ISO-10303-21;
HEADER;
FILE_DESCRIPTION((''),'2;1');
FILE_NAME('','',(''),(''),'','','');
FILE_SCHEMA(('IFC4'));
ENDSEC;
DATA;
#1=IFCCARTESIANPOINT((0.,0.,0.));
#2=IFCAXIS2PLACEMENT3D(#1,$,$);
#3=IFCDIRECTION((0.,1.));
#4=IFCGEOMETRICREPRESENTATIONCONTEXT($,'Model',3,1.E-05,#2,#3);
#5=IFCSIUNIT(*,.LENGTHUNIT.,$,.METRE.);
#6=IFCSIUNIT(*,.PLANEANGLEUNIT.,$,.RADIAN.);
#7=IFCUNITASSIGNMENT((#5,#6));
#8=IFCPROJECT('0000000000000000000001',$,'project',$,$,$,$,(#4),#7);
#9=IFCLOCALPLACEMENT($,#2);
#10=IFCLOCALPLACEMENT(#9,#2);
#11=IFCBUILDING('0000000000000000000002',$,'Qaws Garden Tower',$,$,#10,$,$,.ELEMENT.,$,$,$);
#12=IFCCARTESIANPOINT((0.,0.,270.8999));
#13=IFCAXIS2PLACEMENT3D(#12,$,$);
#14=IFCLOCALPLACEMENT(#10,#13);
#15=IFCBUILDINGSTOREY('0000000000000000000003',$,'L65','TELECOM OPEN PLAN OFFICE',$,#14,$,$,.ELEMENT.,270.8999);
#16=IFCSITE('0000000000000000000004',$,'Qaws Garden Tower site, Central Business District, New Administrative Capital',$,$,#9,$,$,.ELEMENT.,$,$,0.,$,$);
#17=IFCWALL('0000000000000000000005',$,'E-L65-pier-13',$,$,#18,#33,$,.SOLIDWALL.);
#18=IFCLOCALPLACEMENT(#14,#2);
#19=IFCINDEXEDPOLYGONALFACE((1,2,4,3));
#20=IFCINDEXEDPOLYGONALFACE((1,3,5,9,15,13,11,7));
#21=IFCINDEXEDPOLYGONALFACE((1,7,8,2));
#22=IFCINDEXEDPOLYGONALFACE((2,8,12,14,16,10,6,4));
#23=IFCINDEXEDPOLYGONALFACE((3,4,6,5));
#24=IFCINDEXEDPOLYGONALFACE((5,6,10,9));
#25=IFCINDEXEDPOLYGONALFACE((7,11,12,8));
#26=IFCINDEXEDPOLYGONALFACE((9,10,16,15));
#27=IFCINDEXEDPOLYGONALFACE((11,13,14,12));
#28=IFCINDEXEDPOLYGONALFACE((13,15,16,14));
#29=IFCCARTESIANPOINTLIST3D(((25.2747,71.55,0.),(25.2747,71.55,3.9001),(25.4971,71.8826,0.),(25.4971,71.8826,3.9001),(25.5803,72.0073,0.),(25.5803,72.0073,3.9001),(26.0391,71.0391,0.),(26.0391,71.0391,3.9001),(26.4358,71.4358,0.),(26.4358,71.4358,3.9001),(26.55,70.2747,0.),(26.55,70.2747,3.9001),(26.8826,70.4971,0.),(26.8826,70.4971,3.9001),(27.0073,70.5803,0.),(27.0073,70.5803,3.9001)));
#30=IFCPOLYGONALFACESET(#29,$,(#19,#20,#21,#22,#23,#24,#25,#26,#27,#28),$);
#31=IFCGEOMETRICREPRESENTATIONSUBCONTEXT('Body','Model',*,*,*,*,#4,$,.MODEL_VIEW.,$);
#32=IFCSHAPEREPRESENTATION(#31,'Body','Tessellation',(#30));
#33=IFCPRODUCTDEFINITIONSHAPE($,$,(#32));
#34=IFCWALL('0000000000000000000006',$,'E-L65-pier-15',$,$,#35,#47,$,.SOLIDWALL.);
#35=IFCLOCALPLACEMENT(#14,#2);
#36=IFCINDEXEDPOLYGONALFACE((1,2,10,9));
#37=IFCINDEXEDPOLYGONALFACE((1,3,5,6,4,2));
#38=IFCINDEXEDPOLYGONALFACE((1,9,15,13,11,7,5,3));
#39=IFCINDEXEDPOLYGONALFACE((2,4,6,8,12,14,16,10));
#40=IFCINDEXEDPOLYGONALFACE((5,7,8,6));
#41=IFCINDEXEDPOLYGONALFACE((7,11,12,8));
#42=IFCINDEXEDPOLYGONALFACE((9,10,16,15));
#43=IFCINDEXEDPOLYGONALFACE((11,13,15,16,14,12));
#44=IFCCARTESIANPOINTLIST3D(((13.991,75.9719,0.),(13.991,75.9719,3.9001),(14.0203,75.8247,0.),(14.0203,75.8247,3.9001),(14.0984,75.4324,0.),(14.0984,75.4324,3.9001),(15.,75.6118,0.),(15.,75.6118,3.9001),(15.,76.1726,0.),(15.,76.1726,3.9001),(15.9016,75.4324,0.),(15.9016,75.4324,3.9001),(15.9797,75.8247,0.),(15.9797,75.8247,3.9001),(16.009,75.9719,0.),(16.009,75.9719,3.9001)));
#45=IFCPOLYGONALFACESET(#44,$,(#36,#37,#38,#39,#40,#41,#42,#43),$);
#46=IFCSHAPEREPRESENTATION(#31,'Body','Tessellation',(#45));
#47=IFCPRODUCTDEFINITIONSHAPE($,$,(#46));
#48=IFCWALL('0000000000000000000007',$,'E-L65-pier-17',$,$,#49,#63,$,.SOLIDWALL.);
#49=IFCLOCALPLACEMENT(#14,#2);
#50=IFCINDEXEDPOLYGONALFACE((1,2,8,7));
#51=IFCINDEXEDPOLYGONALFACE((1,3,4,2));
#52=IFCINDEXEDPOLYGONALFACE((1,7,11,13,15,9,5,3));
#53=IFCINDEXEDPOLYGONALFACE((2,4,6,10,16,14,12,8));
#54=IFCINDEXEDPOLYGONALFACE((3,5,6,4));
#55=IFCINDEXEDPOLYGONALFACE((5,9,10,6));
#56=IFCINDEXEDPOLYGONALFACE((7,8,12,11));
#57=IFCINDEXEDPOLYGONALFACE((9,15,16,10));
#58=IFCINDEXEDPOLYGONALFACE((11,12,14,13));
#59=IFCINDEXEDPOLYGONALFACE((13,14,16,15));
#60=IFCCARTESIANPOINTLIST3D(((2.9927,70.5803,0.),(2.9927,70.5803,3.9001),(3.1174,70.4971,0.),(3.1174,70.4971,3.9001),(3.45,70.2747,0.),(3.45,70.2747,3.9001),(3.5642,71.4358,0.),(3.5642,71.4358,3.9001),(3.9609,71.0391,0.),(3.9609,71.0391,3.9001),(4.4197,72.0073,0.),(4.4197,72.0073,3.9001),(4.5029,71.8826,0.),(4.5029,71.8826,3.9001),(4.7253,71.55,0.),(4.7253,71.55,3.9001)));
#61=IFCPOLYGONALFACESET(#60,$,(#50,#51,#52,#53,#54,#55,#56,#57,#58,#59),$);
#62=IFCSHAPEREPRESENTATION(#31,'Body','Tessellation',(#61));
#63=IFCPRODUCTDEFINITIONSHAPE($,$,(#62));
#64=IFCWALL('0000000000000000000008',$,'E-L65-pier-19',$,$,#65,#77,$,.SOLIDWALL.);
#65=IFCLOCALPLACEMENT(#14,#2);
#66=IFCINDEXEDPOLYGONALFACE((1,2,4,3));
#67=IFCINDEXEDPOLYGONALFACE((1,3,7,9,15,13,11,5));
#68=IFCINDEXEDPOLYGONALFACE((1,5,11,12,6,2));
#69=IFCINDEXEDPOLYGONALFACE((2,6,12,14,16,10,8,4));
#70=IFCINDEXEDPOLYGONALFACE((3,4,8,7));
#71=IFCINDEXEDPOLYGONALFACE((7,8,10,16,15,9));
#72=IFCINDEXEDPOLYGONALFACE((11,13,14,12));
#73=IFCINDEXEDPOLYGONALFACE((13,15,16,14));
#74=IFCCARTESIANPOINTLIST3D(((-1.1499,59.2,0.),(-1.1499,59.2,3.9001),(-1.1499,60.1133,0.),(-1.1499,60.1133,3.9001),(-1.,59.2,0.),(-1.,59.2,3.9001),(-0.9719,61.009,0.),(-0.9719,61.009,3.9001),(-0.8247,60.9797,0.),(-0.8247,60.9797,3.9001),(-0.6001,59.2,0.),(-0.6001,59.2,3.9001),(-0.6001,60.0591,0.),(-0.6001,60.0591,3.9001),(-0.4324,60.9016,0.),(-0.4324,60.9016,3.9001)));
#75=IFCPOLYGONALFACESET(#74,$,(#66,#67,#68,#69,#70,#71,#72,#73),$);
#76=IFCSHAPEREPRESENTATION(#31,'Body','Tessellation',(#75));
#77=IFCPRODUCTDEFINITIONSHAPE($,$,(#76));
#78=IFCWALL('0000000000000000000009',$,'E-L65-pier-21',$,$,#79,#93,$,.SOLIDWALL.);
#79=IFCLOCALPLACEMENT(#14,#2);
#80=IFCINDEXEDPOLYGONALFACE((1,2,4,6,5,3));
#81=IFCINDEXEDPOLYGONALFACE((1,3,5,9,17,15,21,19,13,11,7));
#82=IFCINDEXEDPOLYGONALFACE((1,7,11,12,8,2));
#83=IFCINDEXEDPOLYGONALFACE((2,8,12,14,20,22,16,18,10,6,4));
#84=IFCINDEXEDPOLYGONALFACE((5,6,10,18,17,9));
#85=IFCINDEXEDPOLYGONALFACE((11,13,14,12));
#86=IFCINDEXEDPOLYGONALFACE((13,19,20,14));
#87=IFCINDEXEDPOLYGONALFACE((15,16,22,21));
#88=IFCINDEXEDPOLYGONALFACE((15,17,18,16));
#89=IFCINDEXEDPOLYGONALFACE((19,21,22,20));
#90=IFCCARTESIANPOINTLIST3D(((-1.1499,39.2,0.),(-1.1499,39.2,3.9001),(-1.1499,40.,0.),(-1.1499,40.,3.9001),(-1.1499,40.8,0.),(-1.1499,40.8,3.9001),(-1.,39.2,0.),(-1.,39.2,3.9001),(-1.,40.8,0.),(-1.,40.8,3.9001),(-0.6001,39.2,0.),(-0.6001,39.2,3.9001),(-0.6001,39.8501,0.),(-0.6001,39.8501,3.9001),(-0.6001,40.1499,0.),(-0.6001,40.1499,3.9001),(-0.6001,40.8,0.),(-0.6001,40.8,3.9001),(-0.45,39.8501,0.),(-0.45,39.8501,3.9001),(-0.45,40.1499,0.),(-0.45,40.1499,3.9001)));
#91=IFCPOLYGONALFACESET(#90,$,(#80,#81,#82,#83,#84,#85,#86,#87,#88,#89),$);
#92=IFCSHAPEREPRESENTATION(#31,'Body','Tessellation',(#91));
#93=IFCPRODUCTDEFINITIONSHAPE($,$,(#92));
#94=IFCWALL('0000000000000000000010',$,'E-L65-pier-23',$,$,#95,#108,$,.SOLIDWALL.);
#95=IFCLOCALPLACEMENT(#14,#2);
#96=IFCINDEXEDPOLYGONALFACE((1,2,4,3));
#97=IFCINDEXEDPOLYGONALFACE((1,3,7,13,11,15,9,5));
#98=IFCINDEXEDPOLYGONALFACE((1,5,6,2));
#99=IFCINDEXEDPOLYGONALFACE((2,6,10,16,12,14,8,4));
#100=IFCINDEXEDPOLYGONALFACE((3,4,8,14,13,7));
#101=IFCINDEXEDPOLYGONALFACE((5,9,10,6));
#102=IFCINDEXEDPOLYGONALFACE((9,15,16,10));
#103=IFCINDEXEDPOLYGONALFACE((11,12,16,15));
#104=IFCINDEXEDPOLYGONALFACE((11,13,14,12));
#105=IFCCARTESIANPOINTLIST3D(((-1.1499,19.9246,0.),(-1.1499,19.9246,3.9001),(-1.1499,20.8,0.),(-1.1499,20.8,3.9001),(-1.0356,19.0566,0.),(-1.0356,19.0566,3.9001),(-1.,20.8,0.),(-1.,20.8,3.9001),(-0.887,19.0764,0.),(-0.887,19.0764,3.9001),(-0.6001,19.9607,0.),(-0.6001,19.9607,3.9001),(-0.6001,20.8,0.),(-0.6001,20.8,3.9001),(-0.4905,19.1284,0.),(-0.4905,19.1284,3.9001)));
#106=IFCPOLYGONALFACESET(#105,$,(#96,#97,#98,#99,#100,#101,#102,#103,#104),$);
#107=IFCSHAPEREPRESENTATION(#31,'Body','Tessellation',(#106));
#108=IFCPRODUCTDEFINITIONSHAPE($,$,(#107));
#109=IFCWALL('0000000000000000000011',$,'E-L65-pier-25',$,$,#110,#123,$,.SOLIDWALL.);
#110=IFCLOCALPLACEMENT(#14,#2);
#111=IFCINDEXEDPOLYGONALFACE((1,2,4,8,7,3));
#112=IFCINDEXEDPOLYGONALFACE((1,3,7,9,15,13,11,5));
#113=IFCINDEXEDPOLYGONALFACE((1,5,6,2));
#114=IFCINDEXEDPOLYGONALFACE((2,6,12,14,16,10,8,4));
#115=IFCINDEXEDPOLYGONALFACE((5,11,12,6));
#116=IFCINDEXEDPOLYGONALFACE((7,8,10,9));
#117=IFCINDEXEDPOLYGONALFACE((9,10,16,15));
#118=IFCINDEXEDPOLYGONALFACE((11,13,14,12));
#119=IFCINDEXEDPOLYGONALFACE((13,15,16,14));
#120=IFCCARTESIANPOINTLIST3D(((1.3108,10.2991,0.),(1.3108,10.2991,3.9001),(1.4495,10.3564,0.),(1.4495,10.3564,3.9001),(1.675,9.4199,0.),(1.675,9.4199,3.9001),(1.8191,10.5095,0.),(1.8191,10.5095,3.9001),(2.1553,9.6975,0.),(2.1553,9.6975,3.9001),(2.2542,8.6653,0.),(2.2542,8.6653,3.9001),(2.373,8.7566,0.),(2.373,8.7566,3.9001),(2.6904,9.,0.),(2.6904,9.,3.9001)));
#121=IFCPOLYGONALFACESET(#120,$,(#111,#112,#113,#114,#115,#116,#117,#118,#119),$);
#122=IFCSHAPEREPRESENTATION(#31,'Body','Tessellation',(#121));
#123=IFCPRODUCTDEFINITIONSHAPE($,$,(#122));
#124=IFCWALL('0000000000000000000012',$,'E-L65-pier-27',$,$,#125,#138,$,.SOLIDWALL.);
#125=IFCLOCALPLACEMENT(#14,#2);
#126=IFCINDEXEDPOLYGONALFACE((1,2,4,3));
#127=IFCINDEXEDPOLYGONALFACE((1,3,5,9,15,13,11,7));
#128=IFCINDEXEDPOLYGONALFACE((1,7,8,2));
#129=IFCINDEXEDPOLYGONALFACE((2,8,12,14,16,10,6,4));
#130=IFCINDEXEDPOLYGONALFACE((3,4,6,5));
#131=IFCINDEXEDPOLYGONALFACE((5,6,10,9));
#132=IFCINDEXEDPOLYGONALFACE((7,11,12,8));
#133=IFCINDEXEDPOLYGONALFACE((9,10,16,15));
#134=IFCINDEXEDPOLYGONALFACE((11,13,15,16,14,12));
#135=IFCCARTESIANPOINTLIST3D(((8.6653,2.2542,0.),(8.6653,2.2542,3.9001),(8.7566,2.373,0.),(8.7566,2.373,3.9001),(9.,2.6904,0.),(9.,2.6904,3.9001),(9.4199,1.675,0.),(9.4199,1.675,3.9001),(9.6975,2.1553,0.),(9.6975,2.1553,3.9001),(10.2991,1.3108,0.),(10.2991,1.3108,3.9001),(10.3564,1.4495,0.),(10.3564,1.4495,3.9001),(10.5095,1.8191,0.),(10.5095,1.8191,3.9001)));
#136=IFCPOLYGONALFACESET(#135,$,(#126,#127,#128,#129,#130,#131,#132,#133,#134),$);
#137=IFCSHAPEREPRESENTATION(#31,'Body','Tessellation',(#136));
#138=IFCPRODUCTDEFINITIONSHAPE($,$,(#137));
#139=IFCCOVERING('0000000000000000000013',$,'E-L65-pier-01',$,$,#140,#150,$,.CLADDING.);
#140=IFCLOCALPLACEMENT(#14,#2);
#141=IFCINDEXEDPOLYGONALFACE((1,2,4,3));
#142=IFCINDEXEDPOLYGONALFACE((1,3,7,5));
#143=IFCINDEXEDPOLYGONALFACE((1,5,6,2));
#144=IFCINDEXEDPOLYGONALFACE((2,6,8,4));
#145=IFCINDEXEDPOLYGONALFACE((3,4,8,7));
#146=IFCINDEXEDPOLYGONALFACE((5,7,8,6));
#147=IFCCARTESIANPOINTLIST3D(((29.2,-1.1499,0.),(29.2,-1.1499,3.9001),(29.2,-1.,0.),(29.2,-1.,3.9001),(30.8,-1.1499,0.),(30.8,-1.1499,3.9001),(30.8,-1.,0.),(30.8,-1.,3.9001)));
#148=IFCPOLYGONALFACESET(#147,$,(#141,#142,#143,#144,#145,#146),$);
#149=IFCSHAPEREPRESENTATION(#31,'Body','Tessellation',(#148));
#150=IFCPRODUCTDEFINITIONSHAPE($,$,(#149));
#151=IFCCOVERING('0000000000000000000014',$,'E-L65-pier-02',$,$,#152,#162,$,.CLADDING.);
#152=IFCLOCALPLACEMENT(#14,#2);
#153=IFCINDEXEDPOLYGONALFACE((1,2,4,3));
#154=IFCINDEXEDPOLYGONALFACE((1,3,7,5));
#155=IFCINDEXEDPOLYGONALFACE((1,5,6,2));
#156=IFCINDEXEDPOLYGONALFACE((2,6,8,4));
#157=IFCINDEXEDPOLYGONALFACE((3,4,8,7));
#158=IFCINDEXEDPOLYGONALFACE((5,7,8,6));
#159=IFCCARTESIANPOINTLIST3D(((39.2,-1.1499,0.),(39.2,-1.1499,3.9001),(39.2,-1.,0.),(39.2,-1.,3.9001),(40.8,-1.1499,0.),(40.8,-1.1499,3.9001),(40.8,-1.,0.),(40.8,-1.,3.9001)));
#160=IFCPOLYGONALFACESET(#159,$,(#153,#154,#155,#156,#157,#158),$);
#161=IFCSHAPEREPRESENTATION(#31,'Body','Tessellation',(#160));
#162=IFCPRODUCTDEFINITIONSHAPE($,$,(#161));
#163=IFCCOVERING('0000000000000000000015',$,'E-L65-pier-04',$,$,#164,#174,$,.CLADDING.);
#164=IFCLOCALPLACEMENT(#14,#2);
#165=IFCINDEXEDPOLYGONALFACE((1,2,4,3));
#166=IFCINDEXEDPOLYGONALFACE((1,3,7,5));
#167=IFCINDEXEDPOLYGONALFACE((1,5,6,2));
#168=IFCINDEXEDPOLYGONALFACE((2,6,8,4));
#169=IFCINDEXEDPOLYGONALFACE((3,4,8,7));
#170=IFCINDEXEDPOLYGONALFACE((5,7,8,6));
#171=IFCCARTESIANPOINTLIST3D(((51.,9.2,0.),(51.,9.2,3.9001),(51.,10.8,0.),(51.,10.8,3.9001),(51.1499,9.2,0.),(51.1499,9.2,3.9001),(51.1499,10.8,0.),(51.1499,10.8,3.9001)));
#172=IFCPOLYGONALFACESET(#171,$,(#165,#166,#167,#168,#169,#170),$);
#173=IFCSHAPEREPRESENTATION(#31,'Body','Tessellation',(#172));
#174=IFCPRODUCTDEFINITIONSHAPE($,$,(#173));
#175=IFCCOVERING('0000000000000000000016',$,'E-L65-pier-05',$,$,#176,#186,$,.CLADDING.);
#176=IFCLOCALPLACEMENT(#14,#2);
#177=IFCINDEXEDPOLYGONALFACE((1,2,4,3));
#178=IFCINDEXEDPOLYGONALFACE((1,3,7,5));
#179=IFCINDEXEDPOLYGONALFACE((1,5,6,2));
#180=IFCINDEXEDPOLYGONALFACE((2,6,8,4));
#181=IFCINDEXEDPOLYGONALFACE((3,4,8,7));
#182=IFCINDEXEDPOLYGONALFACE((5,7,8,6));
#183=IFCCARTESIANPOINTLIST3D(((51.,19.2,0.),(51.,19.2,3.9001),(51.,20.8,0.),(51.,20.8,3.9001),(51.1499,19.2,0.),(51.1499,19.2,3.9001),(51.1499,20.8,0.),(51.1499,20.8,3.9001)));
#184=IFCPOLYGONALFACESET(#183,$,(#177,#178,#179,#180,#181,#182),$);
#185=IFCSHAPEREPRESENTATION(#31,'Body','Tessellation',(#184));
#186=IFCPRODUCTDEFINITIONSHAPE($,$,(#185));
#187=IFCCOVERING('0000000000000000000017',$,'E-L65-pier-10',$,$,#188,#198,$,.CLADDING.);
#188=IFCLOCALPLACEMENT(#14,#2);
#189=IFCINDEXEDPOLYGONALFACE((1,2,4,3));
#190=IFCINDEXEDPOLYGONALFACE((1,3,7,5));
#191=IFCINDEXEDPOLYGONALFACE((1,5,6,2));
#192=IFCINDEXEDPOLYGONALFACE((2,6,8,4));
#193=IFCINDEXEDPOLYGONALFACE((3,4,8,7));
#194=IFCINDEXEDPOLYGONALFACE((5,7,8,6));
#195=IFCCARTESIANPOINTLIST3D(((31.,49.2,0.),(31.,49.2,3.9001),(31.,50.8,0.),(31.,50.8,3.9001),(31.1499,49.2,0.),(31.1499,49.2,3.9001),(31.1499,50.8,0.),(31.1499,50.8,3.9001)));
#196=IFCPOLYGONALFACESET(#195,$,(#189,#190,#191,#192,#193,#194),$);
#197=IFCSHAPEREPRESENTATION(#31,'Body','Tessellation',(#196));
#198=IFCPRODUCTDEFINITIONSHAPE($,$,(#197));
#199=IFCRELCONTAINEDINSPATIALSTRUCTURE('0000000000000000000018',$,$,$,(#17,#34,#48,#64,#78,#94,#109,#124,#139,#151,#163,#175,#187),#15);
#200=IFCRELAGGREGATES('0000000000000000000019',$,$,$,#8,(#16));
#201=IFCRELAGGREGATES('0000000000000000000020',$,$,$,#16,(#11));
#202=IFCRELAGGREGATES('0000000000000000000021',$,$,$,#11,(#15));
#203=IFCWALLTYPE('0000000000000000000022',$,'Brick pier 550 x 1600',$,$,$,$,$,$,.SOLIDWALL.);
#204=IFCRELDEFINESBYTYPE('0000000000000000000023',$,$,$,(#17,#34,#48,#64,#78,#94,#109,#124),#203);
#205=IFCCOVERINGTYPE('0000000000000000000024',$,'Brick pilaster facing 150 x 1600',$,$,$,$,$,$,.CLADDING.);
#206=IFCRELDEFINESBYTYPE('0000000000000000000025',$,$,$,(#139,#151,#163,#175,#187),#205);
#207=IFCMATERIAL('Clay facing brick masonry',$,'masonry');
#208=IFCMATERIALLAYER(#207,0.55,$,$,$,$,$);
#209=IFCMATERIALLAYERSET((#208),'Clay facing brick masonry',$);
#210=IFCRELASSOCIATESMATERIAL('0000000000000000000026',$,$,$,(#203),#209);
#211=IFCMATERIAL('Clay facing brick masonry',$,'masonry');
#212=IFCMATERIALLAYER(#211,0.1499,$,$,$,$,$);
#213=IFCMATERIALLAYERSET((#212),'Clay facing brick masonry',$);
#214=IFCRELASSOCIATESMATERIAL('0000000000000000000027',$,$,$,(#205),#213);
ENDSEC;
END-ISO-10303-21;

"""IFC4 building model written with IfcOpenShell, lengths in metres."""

from ifc_helpers import new_model, si_unit, direction, frame, origin, place, context, subcontext, project, spatial, polyline, outline, extrude, material, layer, layer_set, type_object, element, save


model = new_model("IFC4")

# Units and contexts
model_context = context("Model", 3, precision=1e-05, world=origin(), true_north=direction((0.0, 1.0)))
body_context = subcontext(model_context, "Body", "Model", "MODEL_VIEW")
ifc_project = project(units=[si_unit("LENGTHUNIT", "METRE"), si_unit("PLANEANGLEUNIT", "RADIAN")], contexts=[model_context])

# Site, building, storey
site_placement = place(None, origin())
site = spatial("IfcSite", under=ifc_project, at=site_placement, Name="Qaws Garden Tower site, Central Business District, New Administrative Capital", CompositionType="ELEMENT", RefElevation=0.0)
building_placement = place(site_placement, origin())
building = spatial("IfcBuilding", under=site, at=building_placement, Name="Qaws Garden Tower", CompositionType="ELEMENT")
storey_placement = place(building_placement, frame((0.0, 0.0, 270.8999)))
storey = spatial("IfcBuildingStorey", under=building, at=storey_placement, Name="L65", Description="TELECOM OPEN PLAN OFFICE", CompositionType="ELEMENT", Elevation=270.8999)

# Walls
placement = place(storey_placement, origin())
ifc_material_1 = material(Name="Clay facing brick masonry", Category="masonry")
ifc_layer_1 = layer(ifc_material_1, 0.55)
ifc_layer_set_1 = layer_set([ifc_layer_1], Name="Clay facing brick masonry")
wall_type_1 = type_object("IfcWallType", Name="Brick pier 550 x 1600", PredefinedType="SOLIDWALL", material=ifc_layer_set_1)
element("IfcWall", 1, at=placement, inside=storey, type_object=wall_type_1, Name="E-L65-pier-13", PredefinedType="SOLIDWALL", context=body_context, shape_type="SweptSolid", body=[
    extrude(outline(polyline([(26.8826, 70.4971), (27.0073, 70.5803), (26.4358, 71.4358), (25.5803, 72.0073), (25.4971, 71.8826), (25.2747, 71.55), (26.0391, 71.0391), (26.55, 70.2747), (26.8826, 70.4971)])), origin(), (0.0, 0.0, 1.0), 3.9001),
])
element("IfcWall", 2, at=placement, inside=storey, type_object=wall_type_1, Name="E-L65-pier-15", PredefinedType="SOLIDWALL", context=body_context, shape_type="SweptSolid", body=[
    extrude(outline(polyline([(15.9797, 75.8247), (16.009, 75.9719), (15.0, 76.1726), (13.991, 75.9719), (14.0203, 75.8247), (14.0984, 75.4324), (15.0, 75.6118), (15.9016, 75.4324), (15.9797, 75.8247)])), origin(), (0.0, 0.0, 1.0), 3.9001),
])
element("IfcWall", 3, at=placement, inside=storey, type_object=wall_type_1, Name="E-L65-pier-17", PredefinedType="SOLIDWALL", context=body_context, shape_type="SweptSolid", body=[
    extrude(outline(polyline([(4.5029, 71.8826), (4.4197, 72.0073), (3.5642, 71.4358), (2.9927, 70.5803), (3.1174, 70.4971), (3.45, 70.2747), (3.9609, 71.0391), (4.7253, 71.55), (4.5029, 71.8826)])), origin(), (0.0, 0.0, 1.0), 3.9001),
])
element("IfcWall", 4, at=placement, inside=storey, type_object=wall_type_1, Name="E-L65-pier-19", PredefinedType="SOLIDWALL", context=body_context, shape_type="SweptSolid", body=[
    extrude(outline(polyline([(-0.8247, 60.9797), (-0.9719, 61.009), (-1.1499, 60.1133), (-1.1499, 59.2), (-1.0, 59.2), (-0.6001, 59.2), (-0.6001, 60.0591), (-0.4324, 60.9016), (-0.8247, 60.9797)])), origin(), (0.0, 0.0, 1.0), 3.9001),
])
element("IfcWall", 5, at=placement, inside=storey, type_object=wall_type_1, Name="E-L65-pier-21", PredefinedType="SOLIDWALL", context=body_context, shape_type="SweptSolid", body=[
    extrude(outline(polyline([(-0.6001, 39.2), (-0.6001, 39.8501), (-0.45, 39.8501), (-0.45, 40.1499), (-0.6001, 40.1499), (-0.6001, 40.8), (-1.0, 40.8), (-1.1499, 40.8), (-1.1499, 40.0), (-1.1499, 39.2), (-1.0, 39.2), (-0.6001, 39.2)])), origin(), (0.0, 0.0, 1.0), 3.9001),
])
element("IfcWall", 6, at=placement, inside=storey, type_object=wall_type_1, Name="E-L65-pier-23", PredefinedType="SOLIDWALL", context=body_context, shape_type="SweptSolid", body=[
    extrude(outline(polyline([(-1.0, 20.8), (-1.1499, 20.8), (-1.1499, 19.9246), (-1.0356, 19.0566), (-0.887, 19.0764), (-0.4905, 19.1284), (-0.6001, 19.9607), (-0.6001, 20.8), (-1.0, 20.8)])), origin(), (0.0, 0.0, 1.0), 3.9001),
])
element("IfcWall", 7, at=placement, inside=storey, type_object=wall_type_1, Name="E-L65-pier-25", PredefinedType="SOLIDWALL", context=body_context, shape_type="SweptSolid", body=[
    extrude(outline(polyline([(1.4495, 10.3564), (1.3108, 10.2991), (1.675, 9.4199), (2.2542, 8.6653), (2.373, 8.7566), (2.6904, 9.0), (2.1553, 9.6975), (1.8191, 10.5095), (1.4495, 10.3564)])), origin(), (0.0, 0.0, 1.0), 3.9001),
])
element("IfcWall", 8, at=placement, inside=storey, type_object=wall_type_1, Name="E-L65-pier-27", PredefinedType="SOLIDWALL", context=body_context, shape_type="SweptSolid", body=[
    extrude(outline(polyline([(8.7566, 2.373), (8.6653, 2.2542), (9.4199, 1.675), (10.2991, 1.3108), (10.3564, 1.4495), (10.5095, 1.8191), (9.6975, 2.1553), (9.0, 2.6904), (8.7566, 2.373)])), origin(), (0.0, 0.0, 1.0), 3.9001),
])

# Coverings
ifc_material_2 = material(Name="Clay facing brick masonry", Category="masonry")
ifc_layer_2 = layer(ifc_material_2, 0.1499)
ifc_layer_set_2 = layer_set([ifc_layer_2], Name="Clay facing brick masonry")
covering_type = type_object("IfcCoveringType", Name="Brick pilaster facing 150 x 1600", PredefinedType="CLADDING", material=ifc_layer_set_2)
element("IfcCovering", 9, at=placement, inside=storey, type_object=covering_type, Name="E-L65-pier-01", PredefinedType="CLADDING", context=body_context, shape_type="SweptSolid", body=[
    extrude(outline(polyline([(29.2, -1.0), (30.8, -1.0), (30.8, -1.1499), (29.2, -1.1499), (29.2, -1.0)])), origin(), (0.0, 0.0, 1.0), 3.9001),
])
element("IfcCovering", 10, at=placement, inside=storey, type_object=covering_type, Name="E-L65-pier-02", PredefinedType="CLADDING", context=body_context, shape_type="SweptSolid", body=[
    extrude(outline(polyline([(39.2, -1.0), (40.8, -1.0), (40.8, -1.1499), (39.2, -1.1499), (39.2, -1.0)])), origin(), (0.0, 0.0, 1.0), 3.9001),
])
element("IfcCovering", 11, at=placement, inside=storey, type_object=covering_type, Name="E-L65-pier-04", PredefinedType="CLADDING", context=body_context, shape_type="SweptSolid", body=[
    extrude(outline(polyline([(51.0, 9.2), (51.0, 10.8), (51.1499, 10.8), (51.1499, 9.2), (51.0, 9.2)])), origin(), (0.0, 0.0, 1.0), 3.9001),
])
element("IfcCovering", 12, at=placement, inside=storey, type_object=covering_type, Name="E-L65-pier-05", PredefinedType="CLADDING", context=body_context, shape_type="SweptSolid", body=[
    extrude(outline(polyline([(51.0, 19.2), (51.0, 20.8), (51.1499, 20.8), (51.1499, 19.2), (51.0, 19.2)])), origin(), (0.0, 0.0, 1.0), 3.9001),
])
element("IfcCovering", 13, at=placement, inside=storey, type_object=covering_type, Name="E-L65-pier-10", PredefinedType="CLADDING", context=body_context, shape_type="SweptSolid", body=[
    extrude(outline(polyline([(31.0, 49.2), (31.0, 50.8), (31.1499, 50.8), (31.1499, 49.2), (31.0, 49.2)])), origin(), (0.0, 0.0, 1.0), 3.9001),
])

save(model, "model.ifc")
